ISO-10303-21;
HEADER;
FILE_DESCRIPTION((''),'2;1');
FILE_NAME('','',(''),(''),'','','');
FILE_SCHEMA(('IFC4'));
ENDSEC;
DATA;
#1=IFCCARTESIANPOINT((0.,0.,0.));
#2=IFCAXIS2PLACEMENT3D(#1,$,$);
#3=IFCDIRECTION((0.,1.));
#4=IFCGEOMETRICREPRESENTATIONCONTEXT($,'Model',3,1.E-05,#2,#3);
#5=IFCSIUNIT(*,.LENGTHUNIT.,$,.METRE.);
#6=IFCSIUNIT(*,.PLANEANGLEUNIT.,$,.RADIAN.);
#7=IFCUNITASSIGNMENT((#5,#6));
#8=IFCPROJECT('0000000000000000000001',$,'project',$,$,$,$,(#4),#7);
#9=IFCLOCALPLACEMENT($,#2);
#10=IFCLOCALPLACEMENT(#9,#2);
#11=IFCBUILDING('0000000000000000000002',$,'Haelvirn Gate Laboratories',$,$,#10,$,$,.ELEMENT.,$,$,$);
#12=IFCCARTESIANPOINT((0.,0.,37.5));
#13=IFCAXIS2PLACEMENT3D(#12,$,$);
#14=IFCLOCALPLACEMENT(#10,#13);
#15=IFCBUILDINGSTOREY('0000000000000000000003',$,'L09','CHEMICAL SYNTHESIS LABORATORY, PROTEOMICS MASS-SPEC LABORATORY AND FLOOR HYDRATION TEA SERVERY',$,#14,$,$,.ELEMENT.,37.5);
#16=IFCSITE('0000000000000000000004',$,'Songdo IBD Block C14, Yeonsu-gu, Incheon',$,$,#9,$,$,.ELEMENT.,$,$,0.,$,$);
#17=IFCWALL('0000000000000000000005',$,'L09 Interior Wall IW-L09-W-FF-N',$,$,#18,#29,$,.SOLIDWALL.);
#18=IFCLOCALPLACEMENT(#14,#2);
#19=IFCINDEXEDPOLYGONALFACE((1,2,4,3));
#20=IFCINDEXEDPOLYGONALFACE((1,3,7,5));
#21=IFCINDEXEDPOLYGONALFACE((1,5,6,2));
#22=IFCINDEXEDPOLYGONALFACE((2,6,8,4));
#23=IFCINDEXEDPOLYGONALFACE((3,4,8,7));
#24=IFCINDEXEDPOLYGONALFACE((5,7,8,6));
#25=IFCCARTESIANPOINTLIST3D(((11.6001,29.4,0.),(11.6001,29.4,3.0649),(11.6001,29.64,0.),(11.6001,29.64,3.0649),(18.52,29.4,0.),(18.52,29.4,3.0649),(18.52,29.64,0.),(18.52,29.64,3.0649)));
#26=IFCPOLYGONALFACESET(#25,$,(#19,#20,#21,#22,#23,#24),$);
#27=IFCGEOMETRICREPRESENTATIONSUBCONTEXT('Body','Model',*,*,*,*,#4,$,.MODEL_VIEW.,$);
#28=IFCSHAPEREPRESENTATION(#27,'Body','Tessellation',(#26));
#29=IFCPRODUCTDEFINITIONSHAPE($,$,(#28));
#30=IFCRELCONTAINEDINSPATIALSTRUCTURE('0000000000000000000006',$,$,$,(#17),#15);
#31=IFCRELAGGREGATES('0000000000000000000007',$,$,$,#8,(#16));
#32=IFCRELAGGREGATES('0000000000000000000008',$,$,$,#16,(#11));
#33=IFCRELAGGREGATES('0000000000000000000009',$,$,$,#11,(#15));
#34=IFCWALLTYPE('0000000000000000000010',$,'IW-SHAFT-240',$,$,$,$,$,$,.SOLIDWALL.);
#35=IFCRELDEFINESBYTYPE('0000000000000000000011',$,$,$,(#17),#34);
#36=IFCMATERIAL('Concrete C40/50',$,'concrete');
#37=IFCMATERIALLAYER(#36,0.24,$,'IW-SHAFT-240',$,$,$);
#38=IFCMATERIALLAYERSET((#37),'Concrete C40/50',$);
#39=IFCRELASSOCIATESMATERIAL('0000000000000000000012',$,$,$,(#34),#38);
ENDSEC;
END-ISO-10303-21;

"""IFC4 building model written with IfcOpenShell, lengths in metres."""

from ifc_helpers import new_model, si_unit, direction, frame, frame_2d, origin, place, context, subcontext, project, spatial, rectangle, extrude, material, layer, layer_set, type_object, element, save


model = new_model("IFC4")

# Units and contexts
model_context = context("Model", 3, precision=1e-05, world=origin(), true_north=direction((0.0, 1.0)))
body_context = subcontext(model_context, "Body", "Model", "MODEL_VIEW")
ifc_project = project(units=[si_unit("LENGTHUNIT", "METRE"), si_unit("PLANEANGLEUNIT", "RADIAN")], contexts=[model_context])

# Site, building, storey
site_placement = place(None, origin())
site = spatial("IfcSite", under=ifc_project, at=site_placement, Name="Songdo IBD Block C14, Yeonsu-gu, Incheon", CompositionType="ELEMENT", RefElevation=0.0)
building_placement = place(site_placement, origin())
building = spatial("IfcBuilding", under=site, at=building_placement, Name="Haelvirn Gate Laboratories", CompositionType="ELEMENT")
storey_placement = place(building_placement, frame((0.0, 0.0, 37.5)))
storey = spatial("IfcBuildingStorey", under=building, at=storey_placement, Name="L09", Description="CHEMICAL SYNTHESIS LABORATORY, PROTEOMICS MASS-SPEC LABORATORY AND FLOOR HYDRATION TEA SERVERY", CompositionType="ELEMENT", Elevation=37.5)

# Shared definitions
ifc_material_1 = material(Name="Concrete C40/50", Category="concrete")

# Shared definitions
ifc_layer_1 = layer(ifc_material_1, 0.24, Name="IW-SHAFT-240")
ifc_layer_set_1 = layer_set([ifc_layer_1], Name="Concrete C40/50")
wall_type_1 = type_object("IfcWallType", Name="IW-SHAFT-240", PredefinedType="SOLIDWALL", material=ifc_layer_set_1)

# Wall
wall_1_placement = place(storey_placement, frame((11.6001, 29.52, 0.0), z_axis=(0.0, 0.0, 1.0), x_axis=(1.0, 0.0, 0.0)))
element("IfcWall", 1, at=wall_1_placement, inside=storey, type_object=wall_type_1, Name="L09 Interior Wall IW-L09-W-FF-N", PredefinedType="SOLIDWALL", context=body_context, shape_type="SweptSolid", body=[
    extrude(rectangle(XDim=6.9199, YDim=0.24, at=frame_2d((3.46, 0.0))), origin(), (0.0, 0.0, 1.0), 3.0649),
])

save(model, "model.ifc")
